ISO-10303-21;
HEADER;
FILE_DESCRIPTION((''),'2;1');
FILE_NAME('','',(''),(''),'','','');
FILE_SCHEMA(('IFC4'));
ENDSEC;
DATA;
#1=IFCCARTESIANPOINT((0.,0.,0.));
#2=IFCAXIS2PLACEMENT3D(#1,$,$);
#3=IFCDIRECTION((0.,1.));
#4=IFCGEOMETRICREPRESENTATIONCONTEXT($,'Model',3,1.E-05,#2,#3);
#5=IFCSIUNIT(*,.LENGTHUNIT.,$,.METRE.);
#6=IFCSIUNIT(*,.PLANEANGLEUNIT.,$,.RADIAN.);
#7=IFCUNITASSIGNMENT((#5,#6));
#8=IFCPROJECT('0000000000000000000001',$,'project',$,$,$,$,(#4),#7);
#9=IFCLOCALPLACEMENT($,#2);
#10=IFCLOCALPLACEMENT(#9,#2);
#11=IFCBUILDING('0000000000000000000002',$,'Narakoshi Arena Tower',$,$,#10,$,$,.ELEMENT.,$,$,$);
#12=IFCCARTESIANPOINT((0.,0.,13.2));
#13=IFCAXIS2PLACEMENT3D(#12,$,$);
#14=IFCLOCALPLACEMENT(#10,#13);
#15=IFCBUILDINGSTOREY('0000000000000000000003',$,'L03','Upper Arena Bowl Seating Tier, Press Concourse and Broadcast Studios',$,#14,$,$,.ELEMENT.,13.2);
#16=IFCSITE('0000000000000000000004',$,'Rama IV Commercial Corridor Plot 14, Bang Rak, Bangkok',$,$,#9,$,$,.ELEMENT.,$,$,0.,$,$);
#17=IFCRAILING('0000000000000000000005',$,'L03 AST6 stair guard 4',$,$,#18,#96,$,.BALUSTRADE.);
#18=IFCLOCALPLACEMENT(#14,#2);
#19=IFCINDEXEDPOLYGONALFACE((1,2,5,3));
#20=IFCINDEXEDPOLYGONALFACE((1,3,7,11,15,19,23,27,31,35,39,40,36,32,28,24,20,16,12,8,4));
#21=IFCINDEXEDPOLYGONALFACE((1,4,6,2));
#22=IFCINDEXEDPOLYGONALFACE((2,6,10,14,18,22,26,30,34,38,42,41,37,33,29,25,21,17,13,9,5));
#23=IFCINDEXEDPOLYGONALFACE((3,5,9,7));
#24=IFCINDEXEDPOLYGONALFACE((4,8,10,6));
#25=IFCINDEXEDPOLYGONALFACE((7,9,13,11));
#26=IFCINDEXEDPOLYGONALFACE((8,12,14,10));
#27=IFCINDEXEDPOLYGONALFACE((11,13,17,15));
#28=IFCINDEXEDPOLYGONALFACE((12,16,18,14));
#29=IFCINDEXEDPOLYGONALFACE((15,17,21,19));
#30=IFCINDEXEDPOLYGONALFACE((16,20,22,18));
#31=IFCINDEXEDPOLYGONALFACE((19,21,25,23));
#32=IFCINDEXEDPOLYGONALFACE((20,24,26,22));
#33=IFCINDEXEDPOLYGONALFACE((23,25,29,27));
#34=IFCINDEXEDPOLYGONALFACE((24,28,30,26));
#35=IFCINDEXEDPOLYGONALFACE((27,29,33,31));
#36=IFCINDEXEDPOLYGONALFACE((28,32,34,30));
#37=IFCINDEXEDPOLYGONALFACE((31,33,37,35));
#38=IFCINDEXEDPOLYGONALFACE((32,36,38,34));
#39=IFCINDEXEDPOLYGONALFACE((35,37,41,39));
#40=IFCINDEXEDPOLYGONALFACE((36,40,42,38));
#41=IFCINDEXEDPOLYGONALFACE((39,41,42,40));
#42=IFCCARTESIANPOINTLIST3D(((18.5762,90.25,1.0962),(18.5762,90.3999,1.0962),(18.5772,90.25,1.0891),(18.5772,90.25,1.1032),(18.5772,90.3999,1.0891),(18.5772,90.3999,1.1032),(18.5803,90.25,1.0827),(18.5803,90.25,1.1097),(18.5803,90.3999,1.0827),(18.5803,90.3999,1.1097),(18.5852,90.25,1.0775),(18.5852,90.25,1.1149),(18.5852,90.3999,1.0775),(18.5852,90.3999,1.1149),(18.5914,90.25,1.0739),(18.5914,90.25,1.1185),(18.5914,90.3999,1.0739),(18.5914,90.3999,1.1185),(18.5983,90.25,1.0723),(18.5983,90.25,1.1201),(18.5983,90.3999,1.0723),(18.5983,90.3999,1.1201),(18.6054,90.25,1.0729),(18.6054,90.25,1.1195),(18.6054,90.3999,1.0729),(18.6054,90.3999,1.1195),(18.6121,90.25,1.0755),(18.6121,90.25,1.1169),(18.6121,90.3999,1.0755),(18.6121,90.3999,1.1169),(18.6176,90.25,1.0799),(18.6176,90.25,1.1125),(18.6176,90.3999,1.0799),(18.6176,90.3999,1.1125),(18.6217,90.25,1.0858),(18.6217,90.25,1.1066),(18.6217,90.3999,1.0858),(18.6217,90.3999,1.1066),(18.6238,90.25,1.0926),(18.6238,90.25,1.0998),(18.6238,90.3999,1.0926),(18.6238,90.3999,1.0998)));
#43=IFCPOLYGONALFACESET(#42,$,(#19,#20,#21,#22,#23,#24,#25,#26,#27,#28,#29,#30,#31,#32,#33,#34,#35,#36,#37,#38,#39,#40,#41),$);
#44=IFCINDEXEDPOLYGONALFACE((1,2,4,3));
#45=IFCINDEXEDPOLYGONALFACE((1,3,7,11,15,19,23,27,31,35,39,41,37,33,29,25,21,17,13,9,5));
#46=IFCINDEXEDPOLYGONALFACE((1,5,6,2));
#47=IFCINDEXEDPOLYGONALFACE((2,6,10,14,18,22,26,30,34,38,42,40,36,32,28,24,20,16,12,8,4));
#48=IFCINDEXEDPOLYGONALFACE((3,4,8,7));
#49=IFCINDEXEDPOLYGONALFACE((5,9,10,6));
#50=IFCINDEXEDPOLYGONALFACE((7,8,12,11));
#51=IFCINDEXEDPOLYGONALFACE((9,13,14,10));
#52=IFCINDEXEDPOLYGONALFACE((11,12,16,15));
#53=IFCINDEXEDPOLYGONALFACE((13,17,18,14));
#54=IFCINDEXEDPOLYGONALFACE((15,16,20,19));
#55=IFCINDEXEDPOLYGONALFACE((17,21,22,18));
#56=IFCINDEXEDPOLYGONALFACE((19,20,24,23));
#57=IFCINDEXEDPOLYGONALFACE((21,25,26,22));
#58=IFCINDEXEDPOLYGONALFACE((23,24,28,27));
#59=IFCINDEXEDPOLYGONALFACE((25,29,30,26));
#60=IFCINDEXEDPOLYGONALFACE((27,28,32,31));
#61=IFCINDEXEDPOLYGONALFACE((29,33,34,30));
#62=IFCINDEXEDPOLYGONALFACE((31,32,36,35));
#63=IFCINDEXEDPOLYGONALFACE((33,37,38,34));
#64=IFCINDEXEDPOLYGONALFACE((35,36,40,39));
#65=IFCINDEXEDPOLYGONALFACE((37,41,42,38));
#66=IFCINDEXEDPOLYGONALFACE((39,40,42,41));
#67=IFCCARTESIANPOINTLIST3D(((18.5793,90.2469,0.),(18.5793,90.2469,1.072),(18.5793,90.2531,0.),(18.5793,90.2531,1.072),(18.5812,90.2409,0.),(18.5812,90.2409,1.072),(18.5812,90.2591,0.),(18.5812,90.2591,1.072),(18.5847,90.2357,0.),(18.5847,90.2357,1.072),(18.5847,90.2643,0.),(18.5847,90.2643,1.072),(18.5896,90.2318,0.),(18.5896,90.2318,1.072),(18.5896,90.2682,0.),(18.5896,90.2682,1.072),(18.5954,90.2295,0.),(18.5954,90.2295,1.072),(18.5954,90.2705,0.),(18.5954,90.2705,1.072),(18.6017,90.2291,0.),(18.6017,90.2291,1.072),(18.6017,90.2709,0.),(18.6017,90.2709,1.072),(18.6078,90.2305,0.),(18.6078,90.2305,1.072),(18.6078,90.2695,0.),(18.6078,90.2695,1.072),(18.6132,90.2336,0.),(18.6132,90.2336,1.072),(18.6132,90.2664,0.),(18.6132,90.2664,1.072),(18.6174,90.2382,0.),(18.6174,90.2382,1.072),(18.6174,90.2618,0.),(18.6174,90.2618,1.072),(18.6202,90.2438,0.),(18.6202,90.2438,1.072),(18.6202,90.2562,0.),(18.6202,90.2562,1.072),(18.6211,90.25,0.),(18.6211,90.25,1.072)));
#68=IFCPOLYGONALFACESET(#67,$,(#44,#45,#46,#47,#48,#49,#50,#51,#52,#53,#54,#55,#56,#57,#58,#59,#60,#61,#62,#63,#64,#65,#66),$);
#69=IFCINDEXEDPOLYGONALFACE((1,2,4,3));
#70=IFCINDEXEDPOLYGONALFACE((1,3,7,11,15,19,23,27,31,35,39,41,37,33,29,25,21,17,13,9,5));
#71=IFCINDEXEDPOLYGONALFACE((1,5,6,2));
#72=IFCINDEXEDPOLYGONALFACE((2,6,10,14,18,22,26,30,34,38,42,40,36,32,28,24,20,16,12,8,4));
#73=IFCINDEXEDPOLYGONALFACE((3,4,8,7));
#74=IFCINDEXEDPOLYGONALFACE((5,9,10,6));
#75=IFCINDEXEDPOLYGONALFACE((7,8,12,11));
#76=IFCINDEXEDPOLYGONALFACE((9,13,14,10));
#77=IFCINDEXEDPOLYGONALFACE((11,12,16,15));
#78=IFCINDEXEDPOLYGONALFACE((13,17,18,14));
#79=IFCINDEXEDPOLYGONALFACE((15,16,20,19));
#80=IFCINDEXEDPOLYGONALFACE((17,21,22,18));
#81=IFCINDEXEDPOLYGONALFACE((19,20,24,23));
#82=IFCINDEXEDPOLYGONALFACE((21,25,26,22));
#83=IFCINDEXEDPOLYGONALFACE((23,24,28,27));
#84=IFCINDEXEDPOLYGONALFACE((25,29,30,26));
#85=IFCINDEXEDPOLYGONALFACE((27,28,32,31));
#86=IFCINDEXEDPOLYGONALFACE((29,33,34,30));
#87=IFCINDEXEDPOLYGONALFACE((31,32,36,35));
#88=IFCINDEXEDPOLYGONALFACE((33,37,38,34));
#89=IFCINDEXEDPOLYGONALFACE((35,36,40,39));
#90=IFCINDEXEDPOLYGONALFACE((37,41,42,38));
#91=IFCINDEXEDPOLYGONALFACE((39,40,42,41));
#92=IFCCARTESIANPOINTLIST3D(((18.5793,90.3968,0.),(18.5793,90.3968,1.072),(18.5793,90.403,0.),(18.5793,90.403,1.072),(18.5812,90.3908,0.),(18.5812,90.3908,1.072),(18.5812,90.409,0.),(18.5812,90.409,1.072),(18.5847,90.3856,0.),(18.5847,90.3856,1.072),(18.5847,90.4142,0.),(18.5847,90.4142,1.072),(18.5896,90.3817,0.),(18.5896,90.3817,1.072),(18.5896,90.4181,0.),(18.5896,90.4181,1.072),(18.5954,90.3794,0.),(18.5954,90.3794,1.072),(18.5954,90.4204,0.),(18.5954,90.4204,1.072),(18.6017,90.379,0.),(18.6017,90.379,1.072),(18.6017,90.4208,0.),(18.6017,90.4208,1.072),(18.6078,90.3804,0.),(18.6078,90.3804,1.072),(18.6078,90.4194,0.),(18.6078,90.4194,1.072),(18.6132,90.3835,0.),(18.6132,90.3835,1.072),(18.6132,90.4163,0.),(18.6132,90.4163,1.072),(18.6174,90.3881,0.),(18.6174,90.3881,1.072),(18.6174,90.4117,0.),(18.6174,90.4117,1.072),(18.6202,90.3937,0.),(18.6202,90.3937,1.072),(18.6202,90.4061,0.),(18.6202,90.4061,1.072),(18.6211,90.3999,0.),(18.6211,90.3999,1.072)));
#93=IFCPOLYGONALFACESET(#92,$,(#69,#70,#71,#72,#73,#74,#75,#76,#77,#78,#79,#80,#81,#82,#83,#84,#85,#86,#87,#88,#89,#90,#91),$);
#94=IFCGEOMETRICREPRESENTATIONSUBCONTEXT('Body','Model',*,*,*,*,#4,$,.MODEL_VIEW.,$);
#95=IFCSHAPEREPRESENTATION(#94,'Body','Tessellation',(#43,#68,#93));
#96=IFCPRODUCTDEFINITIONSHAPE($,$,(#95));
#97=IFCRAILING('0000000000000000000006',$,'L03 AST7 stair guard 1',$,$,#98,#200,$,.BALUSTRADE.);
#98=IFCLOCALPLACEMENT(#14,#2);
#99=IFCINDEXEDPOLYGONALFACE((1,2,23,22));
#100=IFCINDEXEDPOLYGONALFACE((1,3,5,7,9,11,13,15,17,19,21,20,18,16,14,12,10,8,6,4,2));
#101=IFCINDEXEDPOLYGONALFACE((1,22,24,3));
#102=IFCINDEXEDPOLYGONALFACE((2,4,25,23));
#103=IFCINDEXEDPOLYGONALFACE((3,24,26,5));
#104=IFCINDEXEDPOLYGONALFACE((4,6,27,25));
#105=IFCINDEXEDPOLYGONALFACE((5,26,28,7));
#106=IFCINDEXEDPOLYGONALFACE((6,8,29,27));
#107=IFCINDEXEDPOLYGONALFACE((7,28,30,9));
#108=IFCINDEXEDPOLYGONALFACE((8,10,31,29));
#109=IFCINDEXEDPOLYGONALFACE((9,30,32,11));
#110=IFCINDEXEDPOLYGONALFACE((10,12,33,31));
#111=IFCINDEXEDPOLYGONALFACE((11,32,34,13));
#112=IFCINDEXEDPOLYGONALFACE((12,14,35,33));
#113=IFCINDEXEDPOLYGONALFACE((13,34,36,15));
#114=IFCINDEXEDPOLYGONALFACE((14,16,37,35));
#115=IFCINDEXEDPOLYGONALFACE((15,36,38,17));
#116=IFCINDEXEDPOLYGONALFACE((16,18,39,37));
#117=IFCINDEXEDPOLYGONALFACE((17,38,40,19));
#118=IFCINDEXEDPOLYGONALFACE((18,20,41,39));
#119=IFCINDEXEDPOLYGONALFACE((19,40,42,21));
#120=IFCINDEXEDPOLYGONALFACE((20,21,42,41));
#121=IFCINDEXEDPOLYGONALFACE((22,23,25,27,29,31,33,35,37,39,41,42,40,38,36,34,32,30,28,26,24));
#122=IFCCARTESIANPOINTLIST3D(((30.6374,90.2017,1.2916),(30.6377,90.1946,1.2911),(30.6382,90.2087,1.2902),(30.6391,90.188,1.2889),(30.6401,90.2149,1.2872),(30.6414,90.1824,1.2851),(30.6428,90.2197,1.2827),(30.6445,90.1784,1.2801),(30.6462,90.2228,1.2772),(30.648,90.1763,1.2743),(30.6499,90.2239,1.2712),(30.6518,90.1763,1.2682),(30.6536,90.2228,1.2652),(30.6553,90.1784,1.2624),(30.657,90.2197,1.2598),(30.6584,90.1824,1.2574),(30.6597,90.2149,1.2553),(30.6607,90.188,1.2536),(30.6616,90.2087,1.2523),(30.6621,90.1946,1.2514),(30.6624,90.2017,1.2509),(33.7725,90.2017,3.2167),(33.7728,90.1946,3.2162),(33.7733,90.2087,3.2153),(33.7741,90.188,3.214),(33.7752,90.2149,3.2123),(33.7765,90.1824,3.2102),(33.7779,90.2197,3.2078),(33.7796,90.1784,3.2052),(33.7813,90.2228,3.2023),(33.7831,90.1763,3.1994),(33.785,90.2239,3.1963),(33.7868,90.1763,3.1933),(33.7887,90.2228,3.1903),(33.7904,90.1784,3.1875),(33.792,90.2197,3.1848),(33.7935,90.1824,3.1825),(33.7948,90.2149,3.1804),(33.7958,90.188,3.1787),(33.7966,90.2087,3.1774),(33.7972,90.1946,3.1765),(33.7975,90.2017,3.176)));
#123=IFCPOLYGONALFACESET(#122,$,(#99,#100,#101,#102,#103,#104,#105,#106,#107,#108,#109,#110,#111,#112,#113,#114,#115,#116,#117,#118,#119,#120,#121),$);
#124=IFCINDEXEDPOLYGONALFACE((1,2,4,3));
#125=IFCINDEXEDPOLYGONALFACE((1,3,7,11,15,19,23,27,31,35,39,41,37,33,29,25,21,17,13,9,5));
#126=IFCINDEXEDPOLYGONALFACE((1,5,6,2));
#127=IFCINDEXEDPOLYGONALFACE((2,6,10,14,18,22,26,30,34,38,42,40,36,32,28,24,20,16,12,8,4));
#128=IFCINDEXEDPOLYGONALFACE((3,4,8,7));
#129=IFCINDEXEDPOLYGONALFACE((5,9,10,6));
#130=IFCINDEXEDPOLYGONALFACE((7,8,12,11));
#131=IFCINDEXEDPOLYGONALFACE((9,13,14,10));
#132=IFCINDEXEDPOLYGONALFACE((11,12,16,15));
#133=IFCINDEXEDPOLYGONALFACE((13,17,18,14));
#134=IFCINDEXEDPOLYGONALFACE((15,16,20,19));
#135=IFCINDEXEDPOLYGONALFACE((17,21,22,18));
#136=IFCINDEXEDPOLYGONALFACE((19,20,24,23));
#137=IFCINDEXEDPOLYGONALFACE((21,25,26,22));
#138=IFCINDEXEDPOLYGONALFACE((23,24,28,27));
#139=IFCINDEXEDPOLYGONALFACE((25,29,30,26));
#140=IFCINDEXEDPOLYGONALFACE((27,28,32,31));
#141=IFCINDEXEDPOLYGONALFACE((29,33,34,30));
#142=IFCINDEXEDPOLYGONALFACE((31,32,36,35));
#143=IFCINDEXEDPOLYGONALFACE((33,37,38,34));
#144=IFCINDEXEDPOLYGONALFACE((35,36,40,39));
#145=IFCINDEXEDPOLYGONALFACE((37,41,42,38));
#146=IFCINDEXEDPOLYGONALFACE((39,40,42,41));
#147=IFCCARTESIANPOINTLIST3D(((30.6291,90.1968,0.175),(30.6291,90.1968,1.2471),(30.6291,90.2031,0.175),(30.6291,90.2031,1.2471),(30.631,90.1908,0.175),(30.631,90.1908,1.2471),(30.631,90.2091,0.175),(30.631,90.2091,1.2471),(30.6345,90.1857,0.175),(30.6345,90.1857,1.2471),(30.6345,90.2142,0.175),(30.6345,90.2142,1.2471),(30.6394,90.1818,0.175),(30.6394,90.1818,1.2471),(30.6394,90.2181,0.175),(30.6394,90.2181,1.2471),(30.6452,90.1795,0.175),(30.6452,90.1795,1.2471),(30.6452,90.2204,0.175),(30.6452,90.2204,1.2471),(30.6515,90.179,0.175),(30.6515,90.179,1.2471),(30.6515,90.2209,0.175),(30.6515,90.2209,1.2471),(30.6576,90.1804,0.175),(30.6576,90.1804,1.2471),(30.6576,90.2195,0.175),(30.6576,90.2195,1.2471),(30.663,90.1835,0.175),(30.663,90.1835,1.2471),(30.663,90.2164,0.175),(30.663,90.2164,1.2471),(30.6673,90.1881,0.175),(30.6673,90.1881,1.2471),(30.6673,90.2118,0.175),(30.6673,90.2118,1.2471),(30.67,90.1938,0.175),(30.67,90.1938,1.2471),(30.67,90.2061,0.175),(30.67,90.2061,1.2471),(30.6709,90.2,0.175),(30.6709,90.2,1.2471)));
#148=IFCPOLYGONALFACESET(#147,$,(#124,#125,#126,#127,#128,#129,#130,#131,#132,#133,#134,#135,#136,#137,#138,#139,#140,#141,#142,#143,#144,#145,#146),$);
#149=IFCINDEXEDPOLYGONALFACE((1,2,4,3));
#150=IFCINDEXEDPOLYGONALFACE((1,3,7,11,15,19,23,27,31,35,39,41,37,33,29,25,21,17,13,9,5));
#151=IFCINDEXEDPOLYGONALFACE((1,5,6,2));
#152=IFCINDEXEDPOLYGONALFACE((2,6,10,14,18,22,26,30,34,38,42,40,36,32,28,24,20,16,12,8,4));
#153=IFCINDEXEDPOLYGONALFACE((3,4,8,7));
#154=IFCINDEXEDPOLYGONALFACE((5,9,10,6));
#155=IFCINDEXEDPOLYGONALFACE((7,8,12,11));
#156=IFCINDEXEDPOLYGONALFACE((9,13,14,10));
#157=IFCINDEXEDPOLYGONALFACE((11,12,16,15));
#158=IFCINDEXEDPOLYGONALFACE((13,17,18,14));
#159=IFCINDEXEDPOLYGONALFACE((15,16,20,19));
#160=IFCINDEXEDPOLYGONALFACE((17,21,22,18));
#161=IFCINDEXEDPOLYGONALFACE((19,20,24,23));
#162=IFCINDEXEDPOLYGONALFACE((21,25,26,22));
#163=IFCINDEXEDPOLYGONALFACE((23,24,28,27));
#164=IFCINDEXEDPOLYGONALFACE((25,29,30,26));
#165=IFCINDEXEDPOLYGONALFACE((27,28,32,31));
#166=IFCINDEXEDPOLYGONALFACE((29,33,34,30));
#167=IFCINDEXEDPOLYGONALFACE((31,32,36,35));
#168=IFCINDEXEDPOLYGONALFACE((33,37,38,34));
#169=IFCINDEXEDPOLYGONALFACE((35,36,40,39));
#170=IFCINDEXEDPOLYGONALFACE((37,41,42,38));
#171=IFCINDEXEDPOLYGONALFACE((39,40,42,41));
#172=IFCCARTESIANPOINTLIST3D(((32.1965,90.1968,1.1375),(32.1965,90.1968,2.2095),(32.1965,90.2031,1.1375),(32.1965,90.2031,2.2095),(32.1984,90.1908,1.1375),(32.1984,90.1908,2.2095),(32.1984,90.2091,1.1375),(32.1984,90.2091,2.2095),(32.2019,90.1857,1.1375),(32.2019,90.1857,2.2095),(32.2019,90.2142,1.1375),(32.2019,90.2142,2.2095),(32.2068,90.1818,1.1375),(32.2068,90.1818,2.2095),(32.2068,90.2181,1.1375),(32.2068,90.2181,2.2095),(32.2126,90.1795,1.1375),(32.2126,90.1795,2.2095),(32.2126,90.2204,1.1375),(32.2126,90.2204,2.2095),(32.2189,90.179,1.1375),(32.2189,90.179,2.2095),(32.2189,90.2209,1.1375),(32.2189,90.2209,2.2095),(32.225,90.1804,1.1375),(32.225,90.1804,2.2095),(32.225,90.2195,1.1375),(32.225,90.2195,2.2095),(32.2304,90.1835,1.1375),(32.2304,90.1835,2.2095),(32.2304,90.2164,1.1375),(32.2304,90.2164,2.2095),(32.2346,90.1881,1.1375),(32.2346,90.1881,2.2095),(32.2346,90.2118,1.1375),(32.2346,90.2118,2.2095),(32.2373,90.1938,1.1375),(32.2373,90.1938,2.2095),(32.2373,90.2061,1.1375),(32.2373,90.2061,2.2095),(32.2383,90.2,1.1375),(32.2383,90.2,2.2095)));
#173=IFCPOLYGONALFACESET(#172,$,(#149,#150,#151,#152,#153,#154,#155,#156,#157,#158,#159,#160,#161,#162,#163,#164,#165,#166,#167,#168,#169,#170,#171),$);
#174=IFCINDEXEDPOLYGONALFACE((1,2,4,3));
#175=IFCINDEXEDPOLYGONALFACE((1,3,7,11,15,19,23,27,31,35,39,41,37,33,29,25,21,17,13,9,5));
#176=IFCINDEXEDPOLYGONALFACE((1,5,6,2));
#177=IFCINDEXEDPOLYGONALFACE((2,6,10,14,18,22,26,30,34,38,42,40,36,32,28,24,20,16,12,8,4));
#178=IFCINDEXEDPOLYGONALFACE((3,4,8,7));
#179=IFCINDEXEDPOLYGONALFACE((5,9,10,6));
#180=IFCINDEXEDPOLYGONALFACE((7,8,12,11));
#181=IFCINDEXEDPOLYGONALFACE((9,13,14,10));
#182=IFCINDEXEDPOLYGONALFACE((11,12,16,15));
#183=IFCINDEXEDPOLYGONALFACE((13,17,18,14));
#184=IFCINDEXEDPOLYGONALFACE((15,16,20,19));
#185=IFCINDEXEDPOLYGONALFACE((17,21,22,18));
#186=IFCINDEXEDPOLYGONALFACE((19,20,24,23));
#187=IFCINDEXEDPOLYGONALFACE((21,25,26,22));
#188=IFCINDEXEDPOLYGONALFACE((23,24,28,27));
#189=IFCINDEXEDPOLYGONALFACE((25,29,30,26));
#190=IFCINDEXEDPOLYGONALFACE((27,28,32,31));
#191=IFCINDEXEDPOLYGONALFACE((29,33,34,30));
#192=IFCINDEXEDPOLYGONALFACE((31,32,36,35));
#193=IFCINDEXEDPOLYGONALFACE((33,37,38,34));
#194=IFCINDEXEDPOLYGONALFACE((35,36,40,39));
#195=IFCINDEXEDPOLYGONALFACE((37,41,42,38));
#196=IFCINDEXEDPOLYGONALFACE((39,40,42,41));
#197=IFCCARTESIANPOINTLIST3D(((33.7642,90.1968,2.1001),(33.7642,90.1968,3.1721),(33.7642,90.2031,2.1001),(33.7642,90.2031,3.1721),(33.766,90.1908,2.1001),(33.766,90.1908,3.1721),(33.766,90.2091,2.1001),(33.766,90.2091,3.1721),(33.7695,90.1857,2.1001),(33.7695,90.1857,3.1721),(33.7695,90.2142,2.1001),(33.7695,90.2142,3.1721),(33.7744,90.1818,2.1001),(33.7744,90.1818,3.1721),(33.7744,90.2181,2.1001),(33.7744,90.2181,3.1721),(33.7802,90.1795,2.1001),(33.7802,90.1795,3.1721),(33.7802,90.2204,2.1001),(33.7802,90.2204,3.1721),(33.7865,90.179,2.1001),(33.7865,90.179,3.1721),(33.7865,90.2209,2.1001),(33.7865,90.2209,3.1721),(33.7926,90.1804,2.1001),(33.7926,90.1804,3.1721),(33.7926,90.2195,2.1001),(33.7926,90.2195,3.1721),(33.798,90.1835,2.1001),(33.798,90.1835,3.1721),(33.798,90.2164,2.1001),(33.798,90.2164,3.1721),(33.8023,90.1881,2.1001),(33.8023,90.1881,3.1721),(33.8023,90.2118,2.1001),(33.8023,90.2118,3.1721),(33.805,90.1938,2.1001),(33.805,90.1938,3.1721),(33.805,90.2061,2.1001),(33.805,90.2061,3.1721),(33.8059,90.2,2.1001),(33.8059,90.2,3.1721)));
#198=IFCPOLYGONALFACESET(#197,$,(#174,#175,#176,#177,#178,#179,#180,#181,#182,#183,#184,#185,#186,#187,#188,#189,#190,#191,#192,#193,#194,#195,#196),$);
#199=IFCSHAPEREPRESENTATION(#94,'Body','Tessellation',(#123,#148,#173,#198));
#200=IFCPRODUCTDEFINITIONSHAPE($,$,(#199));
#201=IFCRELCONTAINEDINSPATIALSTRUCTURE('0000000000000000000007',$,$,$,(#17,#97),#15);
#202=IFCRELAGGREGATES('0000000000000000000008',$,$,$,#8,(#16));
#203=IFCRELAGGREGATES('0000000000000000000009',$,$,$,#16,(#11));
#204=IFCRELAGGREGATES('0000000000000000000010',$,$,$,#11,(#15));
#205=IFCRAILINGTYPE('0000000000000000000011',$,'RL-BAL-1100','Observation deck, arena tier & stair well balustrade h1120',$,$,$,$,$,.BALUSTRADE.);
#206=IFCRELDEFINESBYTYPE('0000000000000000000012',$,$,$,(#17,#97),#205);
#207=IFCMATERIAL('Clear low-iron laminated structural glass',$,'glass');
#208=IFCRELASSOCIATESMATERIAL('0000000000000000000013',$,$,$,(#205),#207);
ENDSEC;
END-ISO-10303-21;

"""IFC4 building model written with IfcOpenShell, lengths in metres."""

from ifc_helpers import new_model, si_unit, direction, frame, origin, origin_2d, place, context, subcontext, project, spatial, circle, extrude, material, type_object, element, save


model = new_model("IFC4")

# Units and contexts
model_context = context("Model", 3, precision=1e-05, world=origin(), true_north=direction((0.0, 1.0)))
body_context = subcontext(model_context, "Body", "Model", "MODEL_VIEW")
ifc_project = project(units=[si_unit("LENGTHUNIT", "METRE"), si_unit("PLANEANGLEUNIT", "RADIAN")], contexts=[model_context])

# Site, building, storey
site_placement = place(None, origin())
site = spatial("IfcSite", under=ifc_project, at=site_placement, Name="Rama IV Commercial Corridor Plot 14, Bang Rak, Bangkok", CompositionType="ELEMENT", RefElevation=0.0)
building_placement = place(site_placement, origin())
building = spatial("IfcBuilding", under=site, at=building_placement, Name="Narakoshi Arena Tower", CompositionType="ELEMENT")
storey_placement = place(building_placement, frame((0.0, 0.0, 13.2)))
storey = spatial("IfcBuildingStorey", under=building, at=storey_placement, Name="L03", Description="Upper Arena Bowl Seating Tier, Press Concourse and Broadcast Studios", CompositionType="ELEMENT", Elevation=13.2)

# Railings
ifc_material_1 = material(Name="Clear low-iron laminated structural glass", Category="glass")
railing_type_1 = type_object("IfcRailingType", Name="RL-BAL-1100", Description="Observation deck, arena tier & stair well balustrade h1120", PredefinedType="BALUSTRADE", material=ifc_material_1)
railing_1_placement = place(storey_placement, frame((18.6001, 90.25, 0.0)))
element("IfcRailing", 1, at=railing_1_placement, inside=storey, type_object=railing_type_1, Name="L03 AST6 stair guard 4", PredefinedType="BALUSTRADE", context=body_context, shape_type="SweptSolid", body=[
    extrude(circle(Radius=0.0239, at=origin_2d()), frame((0.0, 0.0, 1.0962), z_axis=(0.0, 1.0, 0.0), x_axis=(-1.0, 0.0, 0.0)), (0.0, 0.0, 1.0), 0.1499),
    extrude(circle(Radius=0.021, at=origin_2d()), origin(), (0.0, 0.0, 1.0), 1.072),
    extrude(circle(Radius=0.021, at=origin_2d()), frame((0.0, 0.1499, 0.0)), (0.0, 0.0, 1.0), 1.072),
])
railing_2_placement = place(storey_placement, frame((30.6499, 90.2, 0.175)))
element("IfcRailing", 2, at=railing_2_placement, inside=storey, type_object=railing_type_1, Name="L03 AST7 stair guard 1", PredefinedType="BALUSTRADE", context=body_context, shape_type="SweptSolid", body=[
    extrude(circle(Radius=0.0239, at=origin_2d()), frame((0.0, 0.0, 1.0962), z_axis=(0.852166, 0.0, 0.523271), x_axis=(0.0, 1.0, 0.0)), (0.0, 0.0, 1.0), 3.679),
    extrude(circle(Radius=0.021, at=origin_2d()), origin(), (0.0, 0.0, 1.0), 1.072),
    extrude(circle(Radius=0.021, at=origin_2d()), frame((1.5674, 0.0, 0.9624)), (0.0, 0.0, 1.0), 1.072),
    extrude(circle(Radius=0.021, at=origin_2d()), frame((3.135, 0.0, 1.925)), (0.0, 0.0, 1.0), 1.072),
])

save(model, "model.ifc")
